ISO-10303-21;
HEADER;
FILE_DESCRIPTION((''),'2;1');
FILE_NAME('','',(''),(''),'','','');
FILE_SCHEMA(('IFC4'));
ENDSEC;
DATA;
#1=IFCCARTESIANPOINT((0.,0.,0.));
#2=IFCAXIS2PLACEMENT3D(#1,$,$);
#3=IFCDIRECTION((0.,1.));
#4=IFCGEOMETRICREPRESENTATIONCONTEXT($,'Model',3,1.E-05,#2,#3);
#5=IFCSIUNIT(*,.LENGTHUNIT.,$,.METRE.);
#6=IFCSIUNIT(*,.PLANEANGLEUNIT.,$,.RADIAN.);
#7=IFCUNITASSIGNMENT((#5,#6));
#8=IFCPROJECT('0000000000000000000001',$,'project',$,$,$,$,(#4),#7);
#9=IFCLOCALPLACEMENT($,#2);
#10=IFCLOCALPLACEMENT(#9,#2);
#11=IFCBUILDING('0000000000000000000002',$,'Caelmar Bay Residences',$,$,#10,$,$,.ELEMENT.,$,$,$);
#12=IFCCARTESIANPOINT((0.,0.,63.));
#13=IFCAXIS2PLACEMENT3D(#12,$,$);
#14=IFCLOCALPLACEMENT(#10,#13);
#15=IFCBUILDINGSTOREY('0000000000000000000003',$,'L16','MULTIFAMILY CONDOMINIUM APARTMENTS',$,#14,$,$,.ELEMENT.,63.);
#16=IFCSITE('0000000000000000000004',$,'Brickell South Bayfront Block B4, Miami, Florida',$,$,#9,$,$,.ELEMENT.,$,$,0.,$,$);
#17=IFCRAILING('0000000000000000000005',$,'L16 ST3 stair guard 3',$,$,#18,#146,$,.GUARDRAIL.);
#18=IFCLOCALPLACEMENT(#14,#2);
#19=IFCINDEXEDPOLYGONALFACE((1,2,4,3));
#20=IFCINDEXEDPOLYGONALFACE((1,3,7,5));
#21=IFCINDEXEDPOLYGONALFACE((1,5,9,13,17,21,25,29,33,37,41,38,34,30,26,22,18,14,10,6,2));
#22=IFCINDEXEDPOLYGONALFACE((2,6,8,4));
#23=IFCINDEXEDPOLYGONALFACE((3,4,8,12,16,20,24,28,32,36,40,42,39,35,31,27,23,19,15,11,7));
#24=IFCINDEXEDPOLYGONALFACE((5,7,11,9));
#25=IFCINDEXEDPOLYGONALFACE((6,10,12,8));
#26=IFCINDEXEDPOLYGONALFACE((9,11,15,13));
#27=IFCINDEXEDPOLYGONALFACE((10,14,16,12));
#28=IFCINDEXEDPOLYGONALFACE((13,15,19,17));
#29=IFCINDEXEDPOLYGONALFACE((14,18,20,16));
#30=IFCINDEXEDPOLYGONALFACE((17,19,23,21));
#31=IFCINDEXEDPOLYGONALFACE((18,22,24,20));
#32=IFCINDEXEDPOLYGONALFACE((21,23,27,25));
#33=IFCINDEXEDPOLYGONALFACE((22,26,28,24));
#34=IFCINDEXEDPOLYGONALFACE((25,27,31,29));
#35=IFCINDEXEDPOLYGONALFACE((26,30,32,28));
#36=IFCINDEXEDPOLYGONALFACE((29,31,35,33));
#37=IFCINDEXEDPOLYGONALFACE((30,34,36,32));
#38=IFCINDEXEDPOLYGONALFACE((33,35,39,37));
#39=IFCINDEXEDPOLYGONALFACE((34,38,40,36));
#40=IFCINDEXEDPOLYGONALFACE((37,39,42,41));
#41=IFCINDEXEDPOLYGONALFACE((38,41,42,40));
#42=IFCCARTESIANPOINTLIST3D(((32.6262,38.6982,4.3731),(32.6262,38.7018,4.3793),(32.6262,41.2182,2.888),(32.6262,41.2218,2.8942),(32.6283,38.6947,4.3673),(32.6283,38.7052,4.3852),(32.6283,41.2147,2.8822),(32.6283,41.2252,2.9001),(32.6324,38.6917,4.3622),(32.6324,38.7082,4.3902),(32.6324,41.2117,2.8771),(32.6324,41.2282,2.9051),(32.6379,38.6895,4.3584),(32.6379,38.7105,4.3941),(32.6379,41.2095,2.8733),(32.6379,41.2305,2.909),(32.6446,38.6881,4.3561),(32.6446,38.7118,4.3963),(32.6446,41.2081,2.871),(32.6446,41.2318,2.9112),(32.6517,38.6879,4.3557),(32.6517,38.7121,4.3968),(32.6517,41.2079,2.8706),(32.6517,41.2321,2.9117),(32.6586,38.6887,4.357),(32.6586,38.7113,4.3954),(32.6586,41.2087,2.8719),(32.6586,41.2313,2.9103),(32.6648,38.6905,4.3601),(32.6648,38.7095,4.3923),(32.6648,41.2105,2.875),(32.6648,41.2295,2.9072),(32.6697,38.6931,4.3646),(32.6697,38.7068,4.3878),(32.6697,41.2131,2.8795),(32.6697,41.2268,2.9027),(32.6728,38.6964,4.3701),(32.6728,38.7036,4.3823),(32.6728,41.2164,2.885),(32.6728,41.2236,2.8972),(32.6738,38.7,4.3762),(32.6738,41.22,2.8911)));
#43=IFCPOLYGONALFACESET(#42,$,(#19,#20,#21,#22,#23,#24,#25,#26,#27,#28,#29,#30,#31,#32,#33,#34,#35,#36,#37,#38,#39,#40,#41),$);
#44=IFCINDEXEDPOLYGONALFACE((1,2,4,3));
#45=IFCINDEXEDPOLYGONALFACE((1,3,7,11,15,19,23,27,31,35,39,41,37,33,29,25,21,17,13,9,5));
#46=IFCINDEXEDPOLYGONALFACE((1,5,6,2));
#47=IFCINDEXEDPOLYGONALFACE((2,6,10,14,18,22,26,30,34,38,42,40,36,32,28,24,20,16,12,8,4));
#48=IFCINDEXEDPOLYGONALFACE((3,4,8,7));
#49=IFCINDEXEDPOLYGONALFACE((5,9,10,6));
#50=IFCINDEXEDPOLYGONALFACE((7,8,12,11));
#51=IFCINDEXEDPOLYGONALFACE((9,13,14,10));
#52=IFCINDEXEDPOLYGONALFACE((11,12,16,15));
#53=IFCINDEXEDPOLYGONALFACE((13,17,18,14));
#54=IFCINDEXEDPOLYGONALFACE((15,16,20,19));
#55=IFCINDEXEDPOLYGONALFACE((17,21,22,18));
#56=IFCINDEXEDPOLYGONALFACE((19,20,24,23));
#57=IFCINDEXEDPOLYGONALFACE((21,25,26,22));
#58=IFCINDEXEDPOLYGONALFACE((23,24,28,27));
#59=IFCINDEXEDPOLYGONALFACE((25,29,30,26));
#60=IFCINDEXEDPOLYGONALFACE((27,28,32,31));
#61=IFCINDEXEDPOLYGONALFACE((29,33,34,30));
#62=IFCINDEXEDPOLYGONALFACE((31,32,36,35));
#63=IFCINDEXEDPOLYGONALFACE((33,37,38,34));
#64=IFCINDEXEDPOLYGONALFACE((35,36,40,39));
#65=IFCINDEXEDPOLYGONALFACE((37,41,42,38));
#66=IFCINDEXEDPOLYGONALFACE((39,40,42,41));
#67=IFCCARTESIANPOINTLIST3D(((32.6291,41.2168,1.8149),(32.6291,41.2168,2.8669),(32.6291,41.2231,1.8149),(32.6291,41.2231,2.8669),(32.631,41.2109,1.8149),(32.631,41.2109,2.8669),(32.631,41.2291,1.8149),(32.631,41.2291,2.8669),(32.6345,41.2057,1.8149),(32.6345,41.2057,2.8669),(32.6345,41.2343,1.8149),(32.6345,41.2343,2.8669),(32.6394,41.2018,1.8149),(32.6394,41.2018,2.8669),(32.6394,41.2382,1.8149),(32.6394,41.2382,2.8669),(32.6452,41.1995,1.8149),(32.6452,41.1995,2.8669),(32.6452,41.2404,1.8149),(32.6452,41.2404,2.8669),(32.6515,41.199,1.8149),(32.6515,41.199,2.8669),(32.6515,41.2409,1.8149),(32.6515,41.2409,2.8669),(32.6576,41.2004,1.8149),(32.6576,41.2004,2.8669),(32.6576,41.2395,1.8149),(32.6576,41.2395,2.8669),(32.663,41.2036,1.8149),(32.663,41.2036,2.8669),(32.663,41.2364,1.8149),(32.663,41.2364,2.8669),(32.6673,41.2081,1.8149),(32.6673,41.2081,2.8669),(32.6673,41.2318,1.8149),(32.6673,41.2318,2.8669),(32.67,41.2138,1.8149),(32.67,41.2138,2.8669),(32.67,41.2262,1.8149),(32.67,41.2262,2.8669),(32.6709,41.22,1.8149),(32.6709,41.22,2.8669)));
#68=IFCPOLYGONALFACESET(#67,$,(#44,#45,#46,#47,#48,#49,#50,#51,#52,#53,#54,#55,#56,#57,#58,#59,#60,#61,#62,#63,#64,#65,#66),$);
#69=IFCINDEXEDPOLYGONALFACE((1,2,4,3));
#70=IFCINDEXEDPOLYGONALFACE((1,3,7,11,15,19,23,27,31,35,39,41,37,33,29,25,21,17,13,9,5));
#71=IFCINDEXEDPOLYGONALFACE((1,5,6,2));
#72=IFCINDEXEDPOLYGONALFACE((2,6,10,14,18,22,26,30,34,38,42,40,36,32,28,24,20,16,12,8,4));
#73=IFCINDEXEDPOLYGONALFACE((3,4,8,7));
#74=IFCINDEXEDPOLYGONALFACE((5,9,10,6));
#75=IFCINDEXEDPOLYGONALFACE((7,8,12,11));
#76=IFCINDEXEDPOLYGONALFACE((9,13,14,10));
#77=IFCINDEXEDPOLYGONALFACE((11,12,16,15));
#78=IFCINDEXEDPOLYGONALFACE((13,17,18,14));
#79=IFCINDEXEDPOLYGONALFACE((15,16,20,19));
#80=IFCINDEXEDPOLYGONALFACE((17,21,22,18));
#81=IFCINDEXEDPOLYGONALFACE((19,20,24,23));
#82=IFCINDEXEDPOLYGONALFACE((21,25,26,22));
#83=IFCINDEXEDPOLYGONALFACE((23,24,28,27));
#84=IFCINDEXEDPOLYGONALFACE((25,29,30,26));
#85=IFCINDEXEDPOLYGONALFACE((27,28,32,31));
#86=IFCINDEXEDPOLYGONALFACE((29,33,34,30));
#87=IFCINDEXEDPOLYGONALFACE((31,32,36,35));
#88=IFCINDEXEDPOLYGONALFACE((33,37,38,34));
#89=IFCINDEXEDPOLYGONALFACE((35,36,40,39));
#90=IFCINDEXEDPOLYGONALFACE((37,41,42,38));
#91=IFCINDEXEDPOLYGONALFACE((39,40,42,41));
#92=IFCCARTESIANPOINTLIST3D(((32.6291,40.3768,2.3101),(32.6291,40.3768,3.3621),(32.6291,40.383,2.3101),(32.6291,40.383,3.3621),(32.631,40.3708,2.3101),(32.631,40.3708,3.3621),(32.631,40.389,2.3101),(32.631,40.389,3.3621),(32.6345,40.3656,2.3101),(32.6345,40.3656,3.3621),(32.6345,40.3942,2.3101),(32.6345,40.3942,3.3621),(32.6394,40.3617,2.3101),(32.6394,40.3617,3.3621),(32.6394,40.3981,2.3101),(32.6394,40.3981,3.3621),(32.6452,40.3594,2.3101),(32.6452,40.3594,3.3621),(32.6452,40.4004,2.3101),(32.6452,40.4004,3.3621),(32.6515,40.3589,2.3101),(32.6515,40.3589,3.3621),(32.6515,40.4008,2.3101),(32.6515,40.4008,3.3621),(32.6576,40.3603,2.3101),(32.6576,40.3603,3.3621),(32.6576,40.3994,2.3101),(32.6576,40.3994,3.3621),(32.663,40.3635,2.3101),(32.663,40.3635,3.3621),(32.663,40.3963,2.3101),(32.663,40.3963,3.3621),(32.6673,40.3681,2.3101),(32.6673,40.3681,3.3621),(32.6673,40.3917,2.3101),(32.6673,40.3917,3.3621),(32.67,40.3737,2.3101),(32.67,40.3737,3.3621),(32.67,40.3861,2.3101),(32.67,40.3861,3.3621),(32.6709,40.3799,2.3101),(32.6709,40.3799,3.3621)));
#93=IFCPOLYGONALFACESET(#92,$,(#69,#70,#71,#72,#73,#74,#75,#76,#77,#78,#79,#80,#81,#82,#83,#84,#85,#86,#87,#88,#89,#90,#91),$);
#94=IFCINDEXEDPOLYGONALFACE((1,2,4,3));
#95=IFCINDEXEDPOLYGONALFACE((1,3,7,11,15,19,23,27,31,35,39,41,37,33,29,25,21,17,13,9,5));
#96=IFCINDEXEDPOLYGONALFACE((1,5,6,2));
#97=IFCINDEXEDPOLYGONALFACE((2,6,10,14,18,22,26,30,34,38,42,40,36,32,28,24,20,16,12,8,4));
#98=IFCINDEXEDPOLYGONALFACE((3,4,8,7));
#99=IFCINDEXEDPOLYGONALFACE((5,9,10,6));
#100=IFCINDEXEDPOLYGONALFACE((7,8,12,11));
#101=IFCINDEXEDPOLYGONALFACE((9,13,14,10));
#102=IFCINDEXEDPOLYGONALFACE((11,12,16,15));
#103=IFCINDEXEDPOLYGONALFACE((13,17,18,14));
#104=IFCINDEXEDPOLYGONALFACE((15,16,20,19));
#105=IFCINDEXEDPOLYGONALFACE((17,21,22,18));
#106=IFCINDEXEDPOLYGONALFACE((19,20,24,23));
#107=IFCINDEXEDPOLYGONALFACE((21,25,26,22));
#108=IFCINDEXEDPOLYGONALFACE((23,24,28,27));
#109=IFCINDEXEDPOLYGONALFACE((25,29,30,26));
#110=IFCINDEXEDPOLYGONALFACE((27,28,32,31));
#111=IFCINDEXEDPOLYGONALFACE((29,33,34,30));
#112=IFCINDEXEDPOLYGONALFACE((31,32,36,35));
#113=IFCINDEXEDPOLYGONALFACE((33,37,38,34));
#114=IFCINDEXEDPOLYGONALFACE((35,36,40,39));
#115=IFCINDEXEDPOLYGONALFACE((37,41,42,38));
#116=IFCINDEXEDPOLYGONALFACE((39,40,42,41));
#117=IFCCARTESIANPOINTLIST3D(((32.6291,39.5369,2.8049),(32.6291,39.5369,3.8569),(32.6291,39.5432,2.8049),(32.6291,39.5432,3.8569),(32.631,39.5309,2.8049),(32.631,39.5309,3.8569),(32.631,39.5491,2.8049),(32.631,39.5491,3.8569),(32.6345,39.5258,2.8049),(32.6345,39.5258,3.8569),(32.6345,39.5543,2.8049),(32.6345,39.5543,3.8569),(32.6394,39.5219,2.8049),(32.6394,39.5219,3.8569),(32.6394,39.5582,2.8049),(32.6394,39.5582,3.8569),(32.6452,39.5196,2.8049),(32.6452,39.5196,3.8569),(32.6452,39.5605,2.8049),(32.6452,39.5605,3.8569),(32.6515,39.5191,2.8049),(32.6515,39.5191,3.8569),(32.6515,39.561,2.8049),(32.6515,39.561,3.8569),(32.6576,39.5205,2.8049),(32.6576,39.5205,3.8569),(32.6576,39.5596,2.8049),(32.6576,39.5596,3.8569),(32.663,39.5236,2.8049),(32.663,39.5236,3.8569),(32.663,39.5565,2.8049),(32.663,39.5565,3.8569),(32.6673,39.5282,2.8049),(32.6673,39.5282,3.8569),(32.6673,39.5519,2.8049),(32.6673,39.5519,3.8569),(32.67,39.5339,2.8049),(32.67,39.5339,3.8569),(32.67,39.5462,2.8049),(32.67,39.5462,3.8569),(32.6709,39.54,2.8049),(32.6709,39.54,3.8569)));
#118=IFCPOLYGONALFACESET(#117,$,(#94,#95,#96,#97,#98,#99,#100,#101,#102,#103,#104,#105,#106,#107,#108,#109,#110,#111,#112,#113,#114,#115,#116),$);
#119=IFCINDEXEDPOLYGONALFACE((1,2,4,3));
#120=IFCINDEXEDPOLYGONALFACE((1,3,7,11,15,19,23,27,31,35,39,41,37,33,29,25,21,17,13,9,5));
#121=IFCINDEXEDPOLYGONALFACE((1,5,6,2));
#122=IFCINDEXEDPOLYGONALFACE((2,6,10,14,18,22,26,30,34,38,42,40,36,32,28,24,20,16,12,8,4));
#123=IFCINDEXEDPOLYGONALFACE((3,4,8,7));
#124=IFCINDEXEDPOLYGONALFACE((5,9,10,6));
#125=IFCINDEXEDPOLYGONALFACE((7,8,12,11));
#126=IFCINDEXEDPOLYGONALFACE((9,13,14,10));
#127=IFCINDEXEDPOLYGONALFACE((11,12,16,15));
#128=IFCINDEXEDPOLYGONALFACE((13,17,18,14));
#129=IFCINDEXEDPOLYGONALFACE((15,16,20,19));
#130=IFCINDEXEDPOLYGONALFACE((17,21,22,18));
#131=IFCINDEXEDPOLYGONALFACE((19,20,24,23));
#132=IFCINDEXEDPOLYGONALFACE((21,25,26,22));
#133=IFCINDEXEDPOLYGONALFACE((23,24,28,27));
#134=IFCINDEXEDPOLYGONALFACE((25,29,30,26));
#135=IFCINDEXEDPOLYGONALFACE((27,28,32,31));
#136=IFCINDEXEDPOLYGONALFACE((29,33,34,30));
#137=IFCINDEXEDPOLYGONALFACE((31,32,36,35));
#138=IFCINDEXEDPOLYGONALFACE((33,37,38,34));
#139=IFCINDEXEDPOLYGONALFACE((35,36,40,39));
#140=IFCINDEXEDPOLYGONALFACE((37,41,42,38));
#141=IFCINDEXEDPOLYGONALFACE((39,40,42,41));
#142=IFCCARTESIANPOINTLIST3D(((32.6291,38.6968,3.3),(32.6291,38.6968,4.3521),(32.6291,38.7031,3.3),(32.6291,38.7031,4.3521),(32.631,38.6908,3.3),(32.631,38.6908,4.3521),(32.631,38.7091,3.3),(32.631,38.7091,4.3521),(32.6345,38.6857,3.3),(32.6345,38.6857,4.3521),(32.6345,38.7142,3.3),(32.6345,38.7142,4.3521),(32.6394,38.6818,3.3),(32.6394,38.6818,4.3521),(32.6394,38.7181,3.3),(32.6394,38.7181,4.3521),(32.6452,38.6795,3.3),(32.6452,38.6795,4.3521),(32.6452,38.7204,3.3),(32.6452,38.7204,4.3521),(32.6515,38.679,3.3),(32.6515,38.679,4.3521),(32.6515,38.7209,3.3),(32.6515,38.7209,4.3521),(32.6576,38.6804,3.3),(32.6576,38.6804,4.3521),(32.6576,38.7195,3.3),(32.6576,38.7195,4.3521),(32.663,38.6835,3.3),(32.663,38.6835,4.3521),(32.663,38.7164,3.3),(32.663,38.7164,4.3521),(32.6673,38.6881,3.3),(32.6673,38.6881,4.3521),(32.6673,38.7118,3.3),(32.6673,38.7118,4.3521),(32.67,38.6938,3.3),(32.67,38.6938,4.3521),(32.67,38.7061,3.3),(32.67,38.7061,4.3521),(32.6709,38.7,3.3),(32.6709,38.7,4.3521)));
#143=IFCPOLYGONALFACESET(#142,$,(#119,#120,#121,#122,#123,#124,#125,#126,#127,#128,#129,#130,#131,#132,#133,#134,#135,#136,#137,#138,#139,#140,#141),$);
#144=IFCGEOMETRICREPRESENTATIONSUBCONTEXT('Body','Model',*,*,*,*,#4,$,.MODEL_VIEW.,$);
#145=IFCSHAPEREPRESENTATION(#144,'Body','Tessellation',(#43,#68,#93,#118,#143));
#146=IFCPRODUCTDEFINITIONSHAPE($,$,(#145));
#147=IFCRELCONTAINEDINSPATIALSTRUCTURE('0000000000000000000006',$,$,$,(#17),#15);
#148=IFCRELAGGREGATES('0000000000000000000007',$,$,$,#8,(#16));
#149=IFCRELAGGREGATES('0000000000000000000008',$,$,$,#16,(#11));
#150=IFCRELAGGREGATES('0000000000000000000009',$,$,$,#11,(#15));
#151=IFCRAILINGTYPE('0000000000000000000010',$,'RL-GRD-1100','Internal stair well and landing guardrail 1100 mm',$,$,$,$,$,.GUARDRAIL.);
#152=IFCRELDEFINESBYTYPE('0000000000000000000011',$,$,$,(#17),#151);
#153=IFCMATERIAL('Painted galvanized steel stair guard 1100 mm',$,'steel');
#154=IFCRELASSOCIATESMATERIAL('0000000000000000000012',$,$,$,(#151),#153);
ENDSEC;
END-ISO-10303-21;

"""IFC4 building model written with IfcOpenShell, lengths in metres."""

from ifc_helpers import new_model, si_unit, direction, frame, origin, origin_2d, place, context, subcontext, project, spatial, circle, extrude, material, type_object, element, save


model = new_model("IFC4")

# Units and contexts
model_context = context("Model", 3, precision=1e-05, world=origin(), true_north=direction((0.0, 1.0)))
body_context = subcontext(model_context, "Body", "Model", "MODEL_VIEW")
ifc_project = project(units=[si_unit("LENGTHUNIT", "METRE"), si_unit("PLANEANGLEUNIT", "RADIAN")], contexts=[model_context])

# Site, building, storey
site_placement = place(None, origin())
site = spatial("IfcSite", under=ifc_project, at=site_placement, Name="Brickell South Bayfront Block B4, Miami, Florida", CompositionType="ELEMENT", RefElevation=0.0)
building_placement = place(site_placement, origin())
building = spatial("IfcBuilding", under=site, at=building_placement, Name="Caelmar Bay Residences", CompositionType="ELEMENT")
storey_placement = place(building_placement, frame((0.0, 0.0, 63.0)))
storey = spatial("IfcBuildingStorey", under=building, at=storey_placement, Name="L16", Description="MULTIFAMILY CONDOMINIUM APARTMENTS", CompositionType="ELEMENT", Elevation=63.0)

# Railing
ifc_material_1 = material(Name="Painted galvanized steel stair guard 1100 mm", Category="steel")
railing_type_1 = type_object("IfcRailingType", Name="RL-GRD-1100", Description="Internal stair well and landing guardrail 1100 mm", PredefinedType="GUARDRAIL", material=ifc_material_1)
railing_1_placement = place(storey_placement, frame((32.6499, 41.22, 1.8149)))
element("IfcRailing", 1, at=railing_1_placement, inside=storey, type_object=railing_type_1, Name="L16 ST3 stair guard 3", PredefinedType="GUARDRAIL", context=body_context, shape_type="SweptSolid", body=[
    extrude(circle(Radius=0.0239, at=origin_2d()), frame((0.0, 0.0, 1.0762), z_axis=(0.0, -0.861524, 0.507717), x_axis=(1.0, 0.0, 0.0)), (0.0, 0.0, 1.0), 2.925),
    extrude(circle(Radius=0.021, at=origin_2d()), origin(), (0.0, 0.0, 1.0), 1.052),
    extrude(circle(Radius=0.021, at=origin_2d()), frame((0.0, -0.8401, 0.4951)), (0.0, 0.0, 1.0), 1.052),
    extrude(circle(Radius=0.021, at=origin_2d()), frame((0.0, -1.6799, 0.99)), (0.0, 0.0, 1.0), 1.052),
    extrude(circle(Radius=0.021, at=origin_2d()), frame((0.0, -2.52, 1.4851)), (0.0, 0.0, 1.0), 1.052),
])

save(model, "model.ifc")
